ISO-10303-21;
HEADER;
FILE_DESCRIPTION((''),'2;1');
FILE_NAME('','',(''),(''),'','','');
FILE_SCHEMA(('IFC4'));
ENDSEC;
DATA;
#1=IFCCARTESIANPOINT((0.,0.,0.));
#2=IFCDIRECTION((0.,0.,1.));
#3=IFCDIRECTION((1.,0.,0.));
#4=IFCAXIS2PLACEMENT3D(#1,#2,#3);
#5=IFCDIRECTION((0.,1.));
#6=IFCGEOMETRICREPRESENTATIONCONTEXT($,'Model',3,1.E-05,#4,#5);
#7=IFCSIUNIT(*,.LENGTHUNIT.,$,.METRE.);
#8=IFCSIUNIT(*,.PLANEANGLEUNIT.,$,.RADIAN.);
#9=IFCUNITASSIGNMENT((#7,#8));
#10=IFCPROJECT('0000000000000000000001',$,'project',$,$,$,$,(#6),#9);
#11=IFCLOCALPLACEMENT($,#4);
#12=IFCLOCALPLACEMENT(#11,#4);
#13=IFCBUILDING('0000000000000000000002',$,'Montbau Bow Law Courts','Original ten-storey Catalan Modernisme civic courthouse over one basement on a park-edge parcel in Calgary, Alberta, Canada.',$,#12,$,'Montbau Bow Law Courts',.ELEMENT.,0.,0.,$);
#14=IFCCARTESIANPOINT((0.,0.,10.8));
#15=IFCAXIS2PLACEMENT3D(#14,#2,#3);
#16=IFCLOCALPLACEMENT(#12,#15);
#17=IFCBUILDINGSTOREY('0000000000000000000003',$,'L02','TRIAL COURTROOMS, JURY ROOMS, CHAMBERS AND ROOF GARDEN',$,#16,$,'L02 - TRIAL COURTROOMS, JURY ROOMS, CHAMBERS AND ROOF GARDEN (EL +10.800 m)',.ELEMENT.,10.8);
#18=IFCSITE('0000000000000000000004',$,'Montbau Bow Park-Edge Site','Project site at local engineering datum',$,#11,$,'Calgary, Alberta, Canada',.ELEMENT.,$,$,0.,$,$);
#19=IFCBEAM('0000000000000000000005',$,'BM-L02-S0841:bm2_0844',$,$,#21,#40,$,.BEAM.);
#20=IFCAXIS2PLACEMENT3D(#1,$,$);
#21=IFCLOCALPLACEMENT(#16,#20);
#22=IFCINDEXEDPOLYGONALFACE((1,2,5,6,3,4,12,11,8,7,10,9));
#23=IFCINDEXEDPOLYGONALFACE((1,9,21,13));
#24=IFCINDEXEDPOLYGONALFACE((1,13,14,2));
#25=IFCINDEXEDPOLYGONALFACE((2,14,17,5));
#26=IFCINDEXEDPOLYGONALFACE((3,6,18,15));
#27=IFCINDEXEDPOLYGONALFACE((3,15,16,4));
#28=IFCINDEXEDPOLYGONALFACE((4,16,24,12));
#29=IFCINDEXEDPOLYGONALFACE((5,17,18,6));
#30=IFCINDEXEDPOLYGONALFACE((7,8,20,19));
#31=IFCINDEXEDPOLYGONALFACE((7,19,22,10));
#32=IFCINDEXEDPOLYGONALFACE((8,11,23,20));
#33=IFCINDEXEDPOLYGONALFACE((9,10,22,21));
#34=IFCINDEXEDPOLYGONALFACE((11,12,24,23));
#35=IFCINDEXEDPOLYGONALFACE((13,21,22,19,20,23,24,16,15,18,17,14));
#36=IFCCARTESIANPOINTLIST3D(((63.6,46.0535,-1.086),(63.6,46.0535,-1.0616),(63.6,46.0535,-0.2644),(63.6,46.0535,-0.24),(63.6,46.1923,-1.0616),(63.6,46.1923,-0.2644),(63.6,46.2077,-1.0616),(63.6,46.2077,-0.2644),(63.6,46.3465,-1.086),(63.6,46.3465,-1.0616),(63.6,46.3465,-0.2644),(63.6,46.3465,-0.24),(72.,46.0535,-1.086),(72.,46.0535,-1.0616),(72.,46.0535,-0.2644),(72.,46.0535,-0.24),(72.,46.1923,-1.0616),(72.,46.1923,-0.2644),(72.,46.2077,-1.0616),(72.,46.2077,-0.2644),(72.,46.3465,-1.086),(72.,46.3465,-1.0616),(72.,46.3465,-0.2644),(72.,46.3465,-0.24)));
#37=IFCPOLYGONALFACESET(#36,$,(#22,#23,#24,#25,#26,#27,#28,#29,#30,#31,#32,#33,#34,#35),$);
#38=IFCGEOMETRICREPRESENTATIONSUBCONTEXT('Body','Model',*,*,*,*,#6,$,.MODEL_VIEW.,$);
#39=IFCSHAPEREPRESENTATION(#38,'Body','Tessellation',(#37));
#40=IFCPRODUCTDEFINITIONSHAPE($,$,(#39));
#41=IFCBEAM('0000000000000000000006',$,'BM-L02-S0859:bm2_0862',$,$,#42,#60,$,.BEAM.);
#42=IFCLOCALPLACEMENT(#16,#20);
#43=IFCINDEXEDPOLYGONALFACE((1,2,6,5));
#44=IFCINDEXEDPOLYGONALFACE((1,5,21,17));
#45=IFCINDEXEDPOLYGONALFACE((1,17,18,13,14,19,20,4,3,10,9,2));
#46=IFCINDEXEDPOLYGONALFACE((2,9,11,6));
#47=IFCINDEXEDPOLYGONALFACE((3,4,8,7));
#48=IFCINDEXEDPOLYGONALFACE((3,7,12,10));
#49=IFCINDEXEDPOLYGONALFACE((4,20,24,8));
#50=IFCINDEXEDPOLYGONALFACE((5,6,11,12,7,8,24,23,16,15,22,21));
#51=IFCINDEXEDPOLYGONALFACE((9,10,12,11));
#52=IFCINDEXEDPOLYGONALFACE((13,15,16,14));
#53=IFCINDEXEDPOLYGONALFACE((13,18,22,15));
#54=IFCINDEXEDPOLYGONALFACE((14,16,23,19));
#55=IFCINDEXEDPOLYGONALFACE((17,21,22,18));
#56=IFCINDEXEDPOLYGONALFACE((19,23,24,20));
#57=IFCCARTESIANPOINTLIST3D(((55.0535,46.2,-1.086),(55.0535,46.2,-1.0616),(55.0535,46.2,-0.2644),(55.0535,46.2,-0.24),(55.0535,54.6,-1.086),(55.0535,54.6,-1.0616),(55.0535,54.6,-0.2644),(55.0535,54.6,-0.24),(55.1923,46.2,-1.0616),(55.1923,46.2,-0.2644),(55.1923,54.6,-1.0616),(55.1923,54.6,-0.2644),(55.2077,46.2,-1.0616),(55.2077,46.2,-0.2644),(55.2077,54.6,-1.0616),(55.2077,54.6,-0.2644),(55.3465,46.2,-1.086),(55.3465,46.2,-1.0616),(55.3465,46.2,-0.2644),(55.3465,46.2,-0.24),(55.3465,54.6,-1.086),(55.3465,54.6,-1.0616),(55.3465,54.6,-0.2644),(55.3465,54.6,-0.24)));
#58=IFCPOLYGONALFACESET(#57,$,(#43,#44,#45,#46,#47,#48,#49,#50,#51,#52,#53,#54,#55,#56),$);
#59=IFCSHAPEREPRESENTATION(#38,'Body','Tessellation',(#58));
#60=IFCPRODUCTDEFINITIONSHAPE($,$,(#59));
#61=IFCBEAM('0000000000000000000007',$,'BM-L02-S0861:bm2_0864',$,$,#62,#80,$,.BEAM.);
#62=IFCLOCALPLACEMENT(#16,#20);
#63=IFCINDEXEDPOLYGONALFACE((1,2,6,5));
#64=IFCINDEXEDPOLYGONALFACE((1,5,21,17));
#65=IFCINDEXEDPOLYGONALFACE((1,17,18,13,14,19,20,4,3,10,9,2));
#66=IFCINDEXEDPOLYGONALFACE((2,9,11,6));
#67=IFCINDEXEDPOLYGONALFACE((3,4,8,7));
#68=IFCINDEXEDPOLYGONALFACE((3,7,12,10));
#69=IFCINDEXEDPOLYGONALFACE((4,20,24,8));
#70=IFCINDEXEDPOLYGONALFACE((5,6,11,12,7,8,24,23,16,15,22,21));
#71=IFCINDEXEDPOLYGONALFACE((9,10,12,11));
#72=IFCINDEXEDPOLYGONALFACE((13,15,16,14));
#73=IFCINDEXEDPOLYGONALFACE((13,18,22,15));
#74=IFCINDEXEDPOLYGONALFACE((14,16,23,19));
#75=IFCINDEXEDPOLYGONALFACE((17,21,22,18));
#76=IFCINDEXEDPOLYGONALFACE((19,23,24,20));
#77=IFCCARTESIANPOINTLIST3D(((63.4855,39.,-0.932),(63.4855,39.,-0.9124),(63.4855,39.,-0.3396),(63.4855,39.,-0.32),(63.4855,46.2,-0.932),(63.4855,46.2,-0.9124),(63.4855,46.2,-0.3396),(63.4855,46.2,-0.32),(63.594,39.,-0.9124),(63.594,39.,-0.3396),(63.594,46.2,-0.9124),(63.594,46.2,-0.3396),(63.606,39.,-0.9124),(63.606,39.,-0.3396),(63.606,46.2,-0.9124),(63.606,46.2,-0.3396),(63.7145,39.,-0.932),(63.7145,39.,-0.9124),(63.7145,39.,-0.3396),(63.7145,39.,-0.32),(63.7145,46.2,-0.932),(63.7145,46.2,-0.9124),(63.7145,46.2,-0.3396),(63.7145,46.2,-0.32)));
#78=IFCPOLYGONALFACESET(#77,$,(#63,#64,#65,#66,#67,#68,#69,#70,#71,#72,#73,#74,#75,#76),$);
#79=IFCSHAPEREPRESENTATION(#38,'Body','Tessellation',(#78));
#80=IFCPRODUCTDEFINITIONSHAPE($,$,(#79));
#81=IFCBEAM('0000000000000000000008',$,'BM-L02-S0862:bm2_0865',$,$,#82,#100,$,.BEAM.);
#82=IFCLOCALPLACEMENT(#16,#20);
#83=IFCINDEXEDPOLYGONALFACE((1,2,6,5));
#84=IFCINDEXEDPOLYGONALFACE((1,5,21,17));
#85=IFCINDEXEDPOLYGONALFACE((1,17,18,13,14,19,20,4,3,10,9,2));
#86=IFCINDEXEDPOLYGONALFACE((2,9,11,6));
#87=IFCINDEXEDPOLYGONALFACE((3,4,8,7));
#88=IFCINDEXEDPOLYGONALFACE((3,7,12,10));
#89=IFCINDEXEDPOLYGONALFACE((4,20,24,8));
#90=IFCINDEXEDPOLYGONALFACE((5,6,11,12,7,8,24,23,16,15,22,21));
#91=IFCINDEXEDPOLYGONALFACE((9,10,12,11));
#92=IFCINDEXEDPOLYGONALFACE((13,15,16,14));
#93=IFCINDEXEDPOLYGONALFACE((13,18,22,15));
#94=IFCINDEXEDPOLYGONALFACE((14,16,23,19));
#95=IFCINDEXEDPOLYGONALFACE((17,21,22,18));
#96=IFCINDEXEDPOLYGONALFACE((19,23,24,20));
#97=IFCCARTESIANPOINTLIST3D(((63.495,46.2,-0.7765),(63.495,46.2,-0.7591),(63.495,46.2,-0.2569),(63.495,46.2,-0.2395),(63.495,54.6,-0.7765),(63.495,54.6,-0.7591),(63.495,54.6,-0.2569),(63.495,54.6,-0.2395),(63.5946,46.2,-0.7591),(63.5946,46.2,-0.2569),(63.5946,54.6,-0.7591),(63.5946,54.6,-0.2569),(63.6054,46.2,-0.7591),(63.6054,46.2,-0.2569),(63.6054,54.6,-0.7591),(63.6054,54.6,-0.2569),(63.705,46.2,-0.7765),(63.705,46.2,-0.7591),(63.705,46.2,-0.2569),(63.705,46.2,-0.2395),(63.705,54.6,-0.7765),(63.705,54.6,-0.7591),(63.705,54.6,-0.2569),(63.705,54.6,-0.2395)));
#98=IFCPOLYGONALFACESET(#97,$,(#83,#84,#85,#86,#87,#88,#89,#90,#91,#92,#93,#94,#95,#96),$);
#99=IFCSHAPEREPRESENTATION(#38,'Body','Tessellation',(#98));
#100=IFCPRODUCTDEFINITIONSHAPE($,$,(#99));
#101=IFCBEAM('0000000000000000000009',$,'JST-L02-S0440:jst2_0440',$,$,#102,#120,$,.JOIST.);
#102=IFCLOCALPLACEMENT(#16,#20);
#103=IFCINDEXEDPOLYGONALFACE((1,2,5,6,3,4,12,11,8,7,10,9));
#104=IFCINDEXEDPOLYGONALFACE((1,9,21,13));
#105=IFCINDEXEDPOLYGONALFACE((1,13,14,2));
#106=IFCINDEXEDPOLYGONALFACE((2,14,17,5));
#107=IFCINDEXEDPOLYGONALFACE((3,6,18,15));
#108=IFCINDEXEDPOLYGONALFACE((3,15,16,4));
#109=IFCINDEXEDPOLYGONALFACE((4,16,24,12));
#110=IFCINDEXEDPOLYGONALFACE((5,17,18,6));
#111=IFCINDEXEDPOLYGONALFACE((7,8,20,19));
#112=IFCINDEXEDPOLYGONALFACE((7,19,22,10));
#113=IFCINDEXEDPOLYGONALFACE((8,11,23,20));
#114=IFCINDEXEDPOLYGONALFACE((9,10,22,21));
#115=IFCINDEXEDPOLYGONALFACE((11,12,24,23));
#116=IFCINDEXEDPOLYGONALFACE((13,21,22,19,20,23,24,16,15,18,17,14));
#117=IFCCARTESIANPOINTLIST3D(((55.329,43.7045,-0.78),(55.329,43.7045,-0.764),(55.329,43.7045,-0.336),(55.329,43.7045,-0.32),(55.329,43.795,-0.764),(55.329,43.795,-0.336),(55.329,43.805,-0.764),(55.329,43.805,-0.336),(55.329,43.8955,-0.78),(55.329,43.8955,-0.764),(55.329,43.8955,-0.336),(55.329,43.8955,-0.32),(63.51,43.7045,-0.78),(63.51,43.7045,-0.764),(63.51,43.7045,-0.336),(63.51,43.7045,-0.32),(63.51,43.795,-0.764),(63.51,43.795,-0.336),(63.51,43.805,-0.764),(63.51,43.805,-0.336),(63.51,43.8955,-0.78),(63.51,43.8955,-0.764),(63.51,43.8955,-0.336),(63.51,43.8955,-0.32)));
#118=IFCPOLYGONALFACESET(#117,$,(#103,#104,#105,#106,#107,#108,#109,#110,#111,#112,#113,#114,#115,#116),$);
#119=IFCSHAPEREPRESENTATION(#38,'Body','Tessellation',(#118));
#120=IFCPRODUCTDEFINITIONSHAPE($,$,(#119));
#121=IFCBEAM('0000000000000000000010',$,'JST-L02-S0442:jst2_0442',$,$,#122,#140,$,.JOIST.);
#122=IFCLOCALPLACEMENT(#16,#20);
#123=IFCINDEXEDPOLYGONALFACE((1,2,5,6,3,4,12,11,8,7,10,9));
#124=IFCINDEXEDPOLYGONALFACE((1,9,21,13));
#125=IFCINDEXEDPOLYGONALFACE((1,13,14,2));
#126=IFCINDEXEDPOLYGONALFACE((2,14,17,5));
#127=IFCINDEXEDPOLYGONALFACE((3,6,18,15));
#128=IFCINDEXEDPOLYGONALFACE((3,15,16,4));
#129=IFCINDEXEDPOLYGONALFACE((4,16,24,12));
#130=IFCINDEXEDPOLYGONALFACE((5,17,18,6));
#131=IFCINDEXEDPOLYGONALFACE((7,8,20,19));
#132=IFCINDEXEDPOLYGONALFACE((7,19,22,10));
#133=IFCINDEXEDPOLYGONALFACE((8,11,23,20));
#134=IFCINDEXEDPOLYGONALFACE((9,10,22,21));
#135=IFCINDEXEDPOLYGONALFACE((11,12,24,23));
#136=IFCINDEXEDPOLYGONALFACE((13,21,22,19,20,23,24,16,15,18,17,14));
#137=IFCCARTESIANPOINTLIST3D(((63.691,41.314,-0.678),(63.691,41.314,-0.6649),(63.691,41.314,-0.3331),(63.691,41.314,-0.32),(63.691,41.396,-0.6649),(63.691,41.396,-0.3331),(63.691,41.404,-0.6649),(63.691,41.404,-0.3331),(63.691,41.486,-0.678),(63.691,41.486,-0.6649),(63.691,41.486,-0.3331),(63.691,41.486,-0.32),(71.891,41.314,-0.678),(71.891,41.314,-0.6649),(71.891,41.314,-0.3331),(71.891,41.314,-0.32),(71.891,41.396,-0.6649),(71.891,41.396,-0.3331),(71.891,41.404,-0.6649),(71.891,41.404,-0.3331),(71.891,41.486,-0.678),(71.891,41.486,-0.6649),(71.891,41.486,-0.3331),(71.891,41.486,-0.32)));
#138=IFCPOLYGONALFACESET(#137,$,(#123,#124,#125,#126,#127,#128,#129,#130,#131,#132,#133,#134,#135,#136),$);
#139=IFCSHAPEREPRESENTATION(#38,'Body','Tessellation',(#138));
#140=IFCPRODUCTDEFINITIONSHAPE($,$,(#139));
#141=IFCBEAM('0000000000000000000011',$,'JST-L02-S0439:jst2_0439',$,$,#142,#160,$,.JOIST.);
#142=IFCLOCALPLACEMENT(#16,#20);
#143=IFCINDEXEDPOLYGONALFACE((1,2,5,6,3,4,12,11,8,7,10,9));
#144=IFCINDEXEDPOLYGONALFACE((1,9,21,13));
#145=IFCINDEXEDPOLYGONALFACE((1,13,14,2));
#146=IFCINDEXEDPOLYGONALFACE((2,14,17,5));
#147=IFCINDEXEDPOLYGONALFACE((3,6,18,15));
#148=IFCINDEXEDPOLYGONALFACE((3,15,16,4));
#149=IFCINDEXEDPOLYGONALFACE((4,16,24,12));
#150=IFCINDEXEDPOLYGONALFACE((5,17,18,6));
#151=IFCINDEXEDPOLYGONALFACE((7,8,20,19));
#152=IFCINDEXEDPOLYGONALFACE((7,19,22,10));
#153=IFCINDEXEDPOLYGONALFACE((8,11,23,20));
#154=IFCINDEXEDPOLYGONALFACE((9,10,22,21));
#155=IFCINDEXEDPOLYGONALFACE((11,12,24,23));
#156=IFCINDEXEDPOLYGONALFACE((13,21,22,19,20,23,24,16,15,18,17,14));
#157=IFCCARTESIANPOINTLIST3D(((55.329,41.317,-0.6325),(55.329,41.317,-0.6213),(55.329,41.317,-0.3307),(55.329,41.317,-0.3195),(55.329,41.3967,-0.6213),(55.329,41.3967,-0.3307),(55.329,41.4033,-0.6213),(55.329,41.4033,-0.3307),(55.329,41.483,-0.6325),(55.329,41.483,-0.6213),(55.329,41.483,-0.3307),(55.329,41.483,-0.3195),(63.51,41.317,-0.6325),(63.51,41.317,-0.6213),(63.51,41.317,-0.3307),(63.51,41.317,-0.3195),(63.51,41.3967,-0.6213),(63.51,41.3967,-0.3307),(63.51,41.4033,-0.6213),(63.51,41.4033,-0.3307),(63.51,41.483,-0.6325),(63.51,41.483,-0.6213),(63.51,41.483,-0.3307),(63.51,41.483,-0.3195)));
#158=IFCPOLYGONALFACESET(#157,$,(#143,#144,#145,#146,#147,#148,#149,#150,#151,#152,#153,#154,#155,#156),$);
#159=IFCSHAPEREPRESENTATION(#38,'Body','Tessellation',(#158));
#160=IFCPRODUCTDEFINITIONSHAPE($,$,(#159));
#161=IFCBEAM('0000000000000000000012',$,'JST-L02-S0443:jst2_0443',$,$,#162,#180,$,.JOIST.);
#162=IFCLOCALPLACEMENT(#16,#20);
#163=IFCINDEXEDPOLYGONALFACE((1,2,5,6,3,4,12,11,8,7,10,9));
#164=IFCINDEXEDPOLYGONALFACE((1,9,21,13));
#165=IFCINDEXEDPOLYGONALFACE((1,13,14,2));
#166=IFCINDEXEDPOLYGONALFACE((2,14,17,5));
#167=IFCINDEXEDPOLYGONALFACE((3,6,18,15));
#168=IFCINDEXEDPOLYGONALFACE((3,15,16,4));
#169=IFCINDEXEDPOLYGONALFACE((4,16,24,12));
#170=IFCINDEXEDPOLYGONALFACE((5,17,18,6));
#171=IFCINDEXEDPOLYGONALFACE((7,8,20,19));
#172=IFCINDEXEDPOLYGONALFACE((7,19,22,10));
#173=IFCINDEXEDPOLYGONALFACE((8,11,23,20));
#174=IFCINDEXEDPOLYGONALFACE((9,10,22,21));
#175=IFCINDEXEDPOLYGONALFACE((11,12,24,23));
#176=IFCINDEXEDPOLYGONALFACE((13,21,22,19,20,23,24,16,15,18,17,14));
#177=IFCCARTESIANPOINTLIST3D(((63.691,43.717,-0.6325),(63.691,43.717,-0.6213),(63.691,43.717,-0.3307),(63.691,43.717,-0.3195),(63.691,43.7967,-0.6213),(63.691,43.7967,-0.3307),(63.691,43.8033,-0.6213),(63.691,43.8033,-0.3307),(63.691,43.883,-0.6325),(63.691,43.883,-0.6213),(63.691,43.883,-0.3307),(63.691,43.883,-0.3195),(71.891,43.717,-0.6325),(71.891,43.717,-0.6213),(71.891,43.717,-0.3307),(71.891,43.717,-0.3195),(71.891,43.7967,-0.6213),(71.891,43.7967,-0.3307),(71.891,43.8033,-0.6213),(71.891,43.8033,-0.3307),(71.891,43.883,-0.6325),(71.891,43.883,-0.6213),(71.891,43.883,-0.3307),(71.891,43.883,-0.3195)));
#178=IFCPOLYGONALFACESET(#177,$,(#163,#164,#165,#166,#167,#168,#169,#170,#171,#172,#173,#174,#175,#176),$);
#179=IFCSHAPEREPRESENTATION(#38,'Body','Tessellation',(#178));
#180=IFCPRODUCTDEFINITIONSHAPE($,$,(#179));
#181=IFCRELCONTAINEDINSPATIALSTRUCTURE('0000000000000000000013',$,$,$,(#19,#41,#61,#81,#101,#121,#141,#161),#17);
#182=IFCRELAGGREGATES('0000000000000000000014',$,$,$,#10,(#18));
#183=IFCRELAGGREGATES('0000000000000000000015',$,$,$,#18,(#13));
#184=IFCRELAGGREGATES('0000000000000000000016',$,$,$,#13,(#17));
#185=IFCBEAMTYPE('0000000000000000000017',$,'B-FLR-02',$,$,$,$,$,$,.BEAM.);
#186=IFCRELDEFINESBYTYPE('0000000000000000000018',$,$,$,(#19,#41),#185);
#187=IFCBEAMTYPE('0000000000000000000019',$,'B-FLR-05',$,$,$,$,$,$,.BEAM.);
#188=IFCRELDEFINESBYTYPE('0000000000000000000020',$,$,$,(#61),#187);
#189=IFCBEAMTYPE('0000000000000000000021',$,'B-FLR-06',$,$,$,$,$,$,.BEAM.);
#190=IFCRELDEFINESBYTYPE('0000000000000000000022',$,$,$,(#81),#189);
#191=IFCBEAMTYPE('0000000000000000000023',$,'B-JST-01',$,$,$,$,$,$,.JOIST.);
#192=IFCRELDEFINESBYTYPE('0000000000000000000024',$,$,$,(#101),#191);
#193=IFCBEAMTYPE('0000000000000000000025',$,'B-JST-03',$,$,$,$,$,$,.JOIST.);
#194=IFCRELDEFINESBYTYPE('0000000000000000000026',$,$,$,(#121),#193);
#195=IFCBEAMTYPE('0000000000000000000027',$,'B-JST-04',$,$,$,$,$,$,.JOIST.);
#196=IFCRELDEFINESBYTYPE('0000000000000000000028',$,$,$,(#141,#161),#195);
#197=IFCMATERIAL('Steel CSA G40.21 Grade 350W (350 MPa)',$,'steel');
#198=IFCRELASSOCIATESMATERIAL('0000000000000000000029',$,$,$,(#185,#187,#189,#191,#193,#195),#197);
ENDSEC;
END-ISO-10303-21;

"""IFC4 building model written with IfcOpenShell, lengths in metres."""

from ifc_helpers import new_model, si_unit, direction, frame, origin_with_axes, origin_2d_with_axis, place, context, subcontext, project, spatial, i_section, extrude, material, material_profile, profile_set, type_object, element, save


model = new_model("IFC4")

# Units and contexts
model_context = context("Model", 3, precision=1e-05, world=origin_with_axes(), true_north=direction((0.0, 1.0)))
body_context = subcontext(model_context, "Body", "Model", "MODEL_VIEW")
ifc_project = project(units=[si_unit("LENGTHUNIT", "METRE"), si_unit("PLANEANGLEUNIT", "RADIAN")], contexts=[model_context])

# Site, building, storey
site_placement = place(None, origin_with_axes())
site = spatial("IfcSite", under=ifc_project, at=site_placement, Name="Montbau Bow Park-Edge Site", Description="Project site at local engineering datum", LongName="Calgary, Alberta, Canada", CompositionType="ELEMENT", RefElevation=0.0)
building_placement = place(site_placement, origin_with_axes())
building = spatial("IfcBuilding", under=site, at=building_placement, Name="Montbau Bow Law Courts", Description="Original ten-storey Catalan Modernisme civic courthouse over one basement on a park-edge parcel in Calgary, Alberta, Canada.", LongName="Montbau Bow Law Courts", CompositionType="ELEMENT", ElevationOfRefHeight=0.0, ElevationOfTerrain=0.0)
storey_placement = place(building_placement, frame((0.0, 0.0, 10.8), z_axis=(0.0, 0.0, 1.0), x_axis=(1.0, 0.0, 0.0)))
storey = spatial("IfcBuildingStorey", under=building, at=storey_placement, Name="L02", Description="TRIAL COURTROOMS, JURY ROOMS, CHAMBERS AND ROOF GARDEN", LongName="L02 - TRIAL COURTROOMS, JURY ROOMS, CHAMBERS AND ROOF GARDEN (EL +10.800 m)", CompositionType="ELEMENT", Elevation=10.8)

# Shared definitions
ifc_material_1 = material(Name="Steel CSA G40.21 Grade 350W (350 MPa)", Category="steel")

# Beams
ifc_material_profile_1 = material_profile(ifc_material_1, i_section(OverallWidth=0.293, OverallDepth=0.846, WebThickness=0.0154, FlangeThickness=0.0244, at=origin_2d_with_axis()), Name="W840X210", Category="Main", Priority=0)
ifc_profile_set_1 = profile_set([ifc_material_profile_1], Name="Steel CSA G40.21 Grade 350W (350 MPa)")
beam_type_1 = type_object("IfcBeamType", Name="B-FLR-02", PredefinedType="BEAM", material=ifc_profile_set_1)
for number, where, z_axis, x_axis, name in (
    (1, (63.6, 46.2, 10.137), (1.0, 0.0, 0.0), (0.0, 1.0, 0.0), "BM-L02-S0841:bm2_0844"),
    (2, (55.2, 46.2, 10.137), (0.0, 1.0, 0.0), (-1.0, 0.0, 0.0), "BM-L02-S0859:bm2_0862"),
):
    element("IfcBeam", number, at=place(None, frame(where, z_axis=z_axis, x_axis=x_axis)), inside=storey, type_object=beam_type_1, Name=name, PredefinedType="BEAM", context=body_context, shape_type="SweptSolid", body=[
        extrude(i_section(OverallWidth=0.293, OverallDepth=0.846, WebThickness=0.0154, FlangeThickness=0.0244, at=origin_2d_with_axis()), origin_with_axes(), (0.0, 0.0, 1.0), 8.4),
    ])
ifc_material_profile_2 = material_profile(ifc_material_1, i_section(OverallWidth=0.229, OverallDepth=0.612, WebThickness=0.0119, FlangeThickness=0.0196, at=origin_2d_with_axis()), Name="W610X125", Category="Main", Priority=0)
ifc_profile_set_2 = profile_set([ifc_material_profile_2], Name="Steel CSA G40.21 Grade 350W (350 MPa)")
beam_type_2 = type_object("IfcBeamType", Name="B-FLR-05", PredefinedType="BEAM", material=ifc_profile_set_2)
beam_1_placement = place(None, frame((63.6, 39.0, 10.174), z_axis=(0.0, 1.0, 0.0), x_axis=(-1.0, 0.0, 0.0)))
element("IfcBeam", 3, at=beam_1_placement, inside=storey, type_object=beam_type_2, Name="BM-L02-S0861:bm2_0864", PredefinedType="BEAM", context=body_context, shape_type="SweptSolid", body=[
    extrude(i_section(OverallWidth=0.229, OverallDepth=0.612, WebThickness=0.0119, FlangeThickness=0.0196, at=origin_2d_with_axis()), origin_with_axes(), (0.0, 0.0, 1.0), 7.2),
])
ifc_material_profile_3 = material_profile(ifc_material_1, i_section(OverallWidth=0.21, OverallDepth=0.537, WebThickness=0.0109, FlangeThickness=0.0174, at=origin_2d_with_axis()), Name="W530X101", Category="Main", Priority=0)
ifc_profile_set_3 = profile_set([ifc_material_profile_3], Name="Steel CSA G40.21 Grade 350W (350 MPa)")
beam_type_3 = type_object("IfcBeamType", Name="B-FLR-06", PredefinedType="BEAM", material=ifc_profile_set_3)
beam_2_placement = place(None, frame((63.6, 46.2, 10.292), z_axis=(0.0, 1.0, 0.0), x_axis=(-1.0, 0.0, 0.0)))
element("IfcBeam", 4, at=beam_2_placement, inside=storey, type_object=beam_type_3, Name="BM-L02-S0862:bm2_0865", PredefinedType="BEAM", context=body_context, shape_type="SweptSolid", body=[
    extrude(i_section(OverallWidth=0.21, OverallDepth=0.537, WebThickness=0.0109, FlangeThickness=0.0174, at=origin_2d_with_axis()), origin_with_axes(), (0.0, 0.0, 1.0), 8.4),
])
ifc_material_profile_4 = material_profile(ifc_material_1, i_section(OverallWidth=0.191, OverallDepth=0.46, WebThickness=0.0099, FlangeThickness=0.016, at=origin_2d_with_axis()), Name="W460X82", Category="Main", Priority=0)
ifc_profile_set_4 = profile_set([ifc_material_profile_4], Name="Steel CSA G40.21 Grade 350W (350 MPa)")
beam_type_4 = type_object("IfcBeamType", Name="B-JST-01", PredefinedType="JOIST", material=ifc_profile_set_4)
beam_3_placement = place(None, frame((55.329, 43.8, 10.25), z_axis=(1.0, 0.0, 0.0), x_axis=(0.0, 1.0, 0.0)))
element("IfcBeam", 5, at=beam_3_placement, inside=storey, type_object=beam_type_4, Name="JST-L02-S0440:jst2_0440", PredefinedType="JOIST", context=body_context, shape_type="SweptSolid", body=[
    extrude(i_section(OverallWidth=0.191, OverallDepth=0.46, WebThickness=0.0099, FlangeThickness=0.016, at=origin_2d_with_axis()), origin_with_axes(), (0.0, 0.0, 1.0), 8.181),
])
ifc_material_profile_5 = material_profile(ifc_material_1, i_section(OverallWidth=0.172, OverallDepth=0.358, WebThickness=0.0079, FlangeThickness=0.0131, at=origin_2d_with_axis()), Name="W360X57", Category="Main", Priority=0)
ifc_profile_set_5 = profile_set([ifc_material_profile_5], Name="Steel CSA G40.21 Grade 350W (350 MPa)")
beam_type_5 = type_object("IfcBeamType", Name="B-JST-03", PredefinedType="JOIST", material=ifc_profile_set_5)
beam_4_placement = place(None, frame((63.691, 41.4, 10.301), z_axis=(1.0, 0.0, 0.0), x_axis=(0.0, 1.0, 0.0)))
element("IfcBeam", 6, at=beam_4_placement, inside=storey, type_object=beam_type_5, Name="JST-L02-S0442:jst2_0442", PredefinedType="JOIST", context=body_context, shape_type="SweptSolid", body=[
    extrude(i_section(OverallWidth=0.172, OverallDepth=0.358, WebThickness=0.0079, FlangeThickness=0.0131, at=origin_2d_with_axis()), origin_with_axes(), (0.0, 0.0, 1.0), 8.2),
])
ifc_material_profile_6 = material_profile(ifc_material_1, i_section(OverallWidth=0.166, OverallDepth=0.313, WebThickness=0.0066, FlangeThickness=0.0112, at=origin_2d_with_axis()), Name="W310X45", Category="Main", Priority=0)
ifc_profile_set_6 = profile_set([ifc_material_profile_6], Name="Steel CSA G40.21 Grade 350W (350 MPa)")
beam_type_6 = type_object("IfcBeamType", Name="B-JST-04", PredefinedType="JOIST", material=ifc_profile_set_6)
beam_5_placement = place(None, frame((55.329, 41.4, 10.324), z_axis=(1.0, 0.0, 0.0), x_axis=(0.0, 1.0, 0.0)))
element("IfcBeam", 7, at=beam_5_placement, inside=storey, type_object=beam_type_6, Name="JST-L02-S0439:jst2_0439", PredefinedType="JOIST", context=body_context, shape_type="SweptSolid", body=[
    extrude(i_section(OverallWidth=0.166, OverallDepth=0.313, WebThickness=0.0066, FlangeThickness=0.0112, at=origin_2d_with_axis()), origin_with_axes(), (0.0, 0.0, 1.0), 8.181),
])
beam_6_placement = place(None, frame((63.691, 43.8, 10.324), z_axis=(1.0, 0.0, 0.0), x_axis=(0.0, 1.0, 0.0)))
element("IfcBeam", 8, at=beam_6_placement, inside=storey, type_object=beam_type_6, Name="JST-L02-S0443:jst2_0443", PredefinedType="JOIST", context=body_context, shape_type="SweptSolid", body=[
    extrude(i_section(OverallWidth=0.166, OverallDepth=0.313, WebThickness=0.0066, FlangeThickness=0.0112, at=origin_2d_with_axis()), origin_with_axes(), (0.0, 0.0, 1.0), 8.2),
])

save(model, "model.ifc")
